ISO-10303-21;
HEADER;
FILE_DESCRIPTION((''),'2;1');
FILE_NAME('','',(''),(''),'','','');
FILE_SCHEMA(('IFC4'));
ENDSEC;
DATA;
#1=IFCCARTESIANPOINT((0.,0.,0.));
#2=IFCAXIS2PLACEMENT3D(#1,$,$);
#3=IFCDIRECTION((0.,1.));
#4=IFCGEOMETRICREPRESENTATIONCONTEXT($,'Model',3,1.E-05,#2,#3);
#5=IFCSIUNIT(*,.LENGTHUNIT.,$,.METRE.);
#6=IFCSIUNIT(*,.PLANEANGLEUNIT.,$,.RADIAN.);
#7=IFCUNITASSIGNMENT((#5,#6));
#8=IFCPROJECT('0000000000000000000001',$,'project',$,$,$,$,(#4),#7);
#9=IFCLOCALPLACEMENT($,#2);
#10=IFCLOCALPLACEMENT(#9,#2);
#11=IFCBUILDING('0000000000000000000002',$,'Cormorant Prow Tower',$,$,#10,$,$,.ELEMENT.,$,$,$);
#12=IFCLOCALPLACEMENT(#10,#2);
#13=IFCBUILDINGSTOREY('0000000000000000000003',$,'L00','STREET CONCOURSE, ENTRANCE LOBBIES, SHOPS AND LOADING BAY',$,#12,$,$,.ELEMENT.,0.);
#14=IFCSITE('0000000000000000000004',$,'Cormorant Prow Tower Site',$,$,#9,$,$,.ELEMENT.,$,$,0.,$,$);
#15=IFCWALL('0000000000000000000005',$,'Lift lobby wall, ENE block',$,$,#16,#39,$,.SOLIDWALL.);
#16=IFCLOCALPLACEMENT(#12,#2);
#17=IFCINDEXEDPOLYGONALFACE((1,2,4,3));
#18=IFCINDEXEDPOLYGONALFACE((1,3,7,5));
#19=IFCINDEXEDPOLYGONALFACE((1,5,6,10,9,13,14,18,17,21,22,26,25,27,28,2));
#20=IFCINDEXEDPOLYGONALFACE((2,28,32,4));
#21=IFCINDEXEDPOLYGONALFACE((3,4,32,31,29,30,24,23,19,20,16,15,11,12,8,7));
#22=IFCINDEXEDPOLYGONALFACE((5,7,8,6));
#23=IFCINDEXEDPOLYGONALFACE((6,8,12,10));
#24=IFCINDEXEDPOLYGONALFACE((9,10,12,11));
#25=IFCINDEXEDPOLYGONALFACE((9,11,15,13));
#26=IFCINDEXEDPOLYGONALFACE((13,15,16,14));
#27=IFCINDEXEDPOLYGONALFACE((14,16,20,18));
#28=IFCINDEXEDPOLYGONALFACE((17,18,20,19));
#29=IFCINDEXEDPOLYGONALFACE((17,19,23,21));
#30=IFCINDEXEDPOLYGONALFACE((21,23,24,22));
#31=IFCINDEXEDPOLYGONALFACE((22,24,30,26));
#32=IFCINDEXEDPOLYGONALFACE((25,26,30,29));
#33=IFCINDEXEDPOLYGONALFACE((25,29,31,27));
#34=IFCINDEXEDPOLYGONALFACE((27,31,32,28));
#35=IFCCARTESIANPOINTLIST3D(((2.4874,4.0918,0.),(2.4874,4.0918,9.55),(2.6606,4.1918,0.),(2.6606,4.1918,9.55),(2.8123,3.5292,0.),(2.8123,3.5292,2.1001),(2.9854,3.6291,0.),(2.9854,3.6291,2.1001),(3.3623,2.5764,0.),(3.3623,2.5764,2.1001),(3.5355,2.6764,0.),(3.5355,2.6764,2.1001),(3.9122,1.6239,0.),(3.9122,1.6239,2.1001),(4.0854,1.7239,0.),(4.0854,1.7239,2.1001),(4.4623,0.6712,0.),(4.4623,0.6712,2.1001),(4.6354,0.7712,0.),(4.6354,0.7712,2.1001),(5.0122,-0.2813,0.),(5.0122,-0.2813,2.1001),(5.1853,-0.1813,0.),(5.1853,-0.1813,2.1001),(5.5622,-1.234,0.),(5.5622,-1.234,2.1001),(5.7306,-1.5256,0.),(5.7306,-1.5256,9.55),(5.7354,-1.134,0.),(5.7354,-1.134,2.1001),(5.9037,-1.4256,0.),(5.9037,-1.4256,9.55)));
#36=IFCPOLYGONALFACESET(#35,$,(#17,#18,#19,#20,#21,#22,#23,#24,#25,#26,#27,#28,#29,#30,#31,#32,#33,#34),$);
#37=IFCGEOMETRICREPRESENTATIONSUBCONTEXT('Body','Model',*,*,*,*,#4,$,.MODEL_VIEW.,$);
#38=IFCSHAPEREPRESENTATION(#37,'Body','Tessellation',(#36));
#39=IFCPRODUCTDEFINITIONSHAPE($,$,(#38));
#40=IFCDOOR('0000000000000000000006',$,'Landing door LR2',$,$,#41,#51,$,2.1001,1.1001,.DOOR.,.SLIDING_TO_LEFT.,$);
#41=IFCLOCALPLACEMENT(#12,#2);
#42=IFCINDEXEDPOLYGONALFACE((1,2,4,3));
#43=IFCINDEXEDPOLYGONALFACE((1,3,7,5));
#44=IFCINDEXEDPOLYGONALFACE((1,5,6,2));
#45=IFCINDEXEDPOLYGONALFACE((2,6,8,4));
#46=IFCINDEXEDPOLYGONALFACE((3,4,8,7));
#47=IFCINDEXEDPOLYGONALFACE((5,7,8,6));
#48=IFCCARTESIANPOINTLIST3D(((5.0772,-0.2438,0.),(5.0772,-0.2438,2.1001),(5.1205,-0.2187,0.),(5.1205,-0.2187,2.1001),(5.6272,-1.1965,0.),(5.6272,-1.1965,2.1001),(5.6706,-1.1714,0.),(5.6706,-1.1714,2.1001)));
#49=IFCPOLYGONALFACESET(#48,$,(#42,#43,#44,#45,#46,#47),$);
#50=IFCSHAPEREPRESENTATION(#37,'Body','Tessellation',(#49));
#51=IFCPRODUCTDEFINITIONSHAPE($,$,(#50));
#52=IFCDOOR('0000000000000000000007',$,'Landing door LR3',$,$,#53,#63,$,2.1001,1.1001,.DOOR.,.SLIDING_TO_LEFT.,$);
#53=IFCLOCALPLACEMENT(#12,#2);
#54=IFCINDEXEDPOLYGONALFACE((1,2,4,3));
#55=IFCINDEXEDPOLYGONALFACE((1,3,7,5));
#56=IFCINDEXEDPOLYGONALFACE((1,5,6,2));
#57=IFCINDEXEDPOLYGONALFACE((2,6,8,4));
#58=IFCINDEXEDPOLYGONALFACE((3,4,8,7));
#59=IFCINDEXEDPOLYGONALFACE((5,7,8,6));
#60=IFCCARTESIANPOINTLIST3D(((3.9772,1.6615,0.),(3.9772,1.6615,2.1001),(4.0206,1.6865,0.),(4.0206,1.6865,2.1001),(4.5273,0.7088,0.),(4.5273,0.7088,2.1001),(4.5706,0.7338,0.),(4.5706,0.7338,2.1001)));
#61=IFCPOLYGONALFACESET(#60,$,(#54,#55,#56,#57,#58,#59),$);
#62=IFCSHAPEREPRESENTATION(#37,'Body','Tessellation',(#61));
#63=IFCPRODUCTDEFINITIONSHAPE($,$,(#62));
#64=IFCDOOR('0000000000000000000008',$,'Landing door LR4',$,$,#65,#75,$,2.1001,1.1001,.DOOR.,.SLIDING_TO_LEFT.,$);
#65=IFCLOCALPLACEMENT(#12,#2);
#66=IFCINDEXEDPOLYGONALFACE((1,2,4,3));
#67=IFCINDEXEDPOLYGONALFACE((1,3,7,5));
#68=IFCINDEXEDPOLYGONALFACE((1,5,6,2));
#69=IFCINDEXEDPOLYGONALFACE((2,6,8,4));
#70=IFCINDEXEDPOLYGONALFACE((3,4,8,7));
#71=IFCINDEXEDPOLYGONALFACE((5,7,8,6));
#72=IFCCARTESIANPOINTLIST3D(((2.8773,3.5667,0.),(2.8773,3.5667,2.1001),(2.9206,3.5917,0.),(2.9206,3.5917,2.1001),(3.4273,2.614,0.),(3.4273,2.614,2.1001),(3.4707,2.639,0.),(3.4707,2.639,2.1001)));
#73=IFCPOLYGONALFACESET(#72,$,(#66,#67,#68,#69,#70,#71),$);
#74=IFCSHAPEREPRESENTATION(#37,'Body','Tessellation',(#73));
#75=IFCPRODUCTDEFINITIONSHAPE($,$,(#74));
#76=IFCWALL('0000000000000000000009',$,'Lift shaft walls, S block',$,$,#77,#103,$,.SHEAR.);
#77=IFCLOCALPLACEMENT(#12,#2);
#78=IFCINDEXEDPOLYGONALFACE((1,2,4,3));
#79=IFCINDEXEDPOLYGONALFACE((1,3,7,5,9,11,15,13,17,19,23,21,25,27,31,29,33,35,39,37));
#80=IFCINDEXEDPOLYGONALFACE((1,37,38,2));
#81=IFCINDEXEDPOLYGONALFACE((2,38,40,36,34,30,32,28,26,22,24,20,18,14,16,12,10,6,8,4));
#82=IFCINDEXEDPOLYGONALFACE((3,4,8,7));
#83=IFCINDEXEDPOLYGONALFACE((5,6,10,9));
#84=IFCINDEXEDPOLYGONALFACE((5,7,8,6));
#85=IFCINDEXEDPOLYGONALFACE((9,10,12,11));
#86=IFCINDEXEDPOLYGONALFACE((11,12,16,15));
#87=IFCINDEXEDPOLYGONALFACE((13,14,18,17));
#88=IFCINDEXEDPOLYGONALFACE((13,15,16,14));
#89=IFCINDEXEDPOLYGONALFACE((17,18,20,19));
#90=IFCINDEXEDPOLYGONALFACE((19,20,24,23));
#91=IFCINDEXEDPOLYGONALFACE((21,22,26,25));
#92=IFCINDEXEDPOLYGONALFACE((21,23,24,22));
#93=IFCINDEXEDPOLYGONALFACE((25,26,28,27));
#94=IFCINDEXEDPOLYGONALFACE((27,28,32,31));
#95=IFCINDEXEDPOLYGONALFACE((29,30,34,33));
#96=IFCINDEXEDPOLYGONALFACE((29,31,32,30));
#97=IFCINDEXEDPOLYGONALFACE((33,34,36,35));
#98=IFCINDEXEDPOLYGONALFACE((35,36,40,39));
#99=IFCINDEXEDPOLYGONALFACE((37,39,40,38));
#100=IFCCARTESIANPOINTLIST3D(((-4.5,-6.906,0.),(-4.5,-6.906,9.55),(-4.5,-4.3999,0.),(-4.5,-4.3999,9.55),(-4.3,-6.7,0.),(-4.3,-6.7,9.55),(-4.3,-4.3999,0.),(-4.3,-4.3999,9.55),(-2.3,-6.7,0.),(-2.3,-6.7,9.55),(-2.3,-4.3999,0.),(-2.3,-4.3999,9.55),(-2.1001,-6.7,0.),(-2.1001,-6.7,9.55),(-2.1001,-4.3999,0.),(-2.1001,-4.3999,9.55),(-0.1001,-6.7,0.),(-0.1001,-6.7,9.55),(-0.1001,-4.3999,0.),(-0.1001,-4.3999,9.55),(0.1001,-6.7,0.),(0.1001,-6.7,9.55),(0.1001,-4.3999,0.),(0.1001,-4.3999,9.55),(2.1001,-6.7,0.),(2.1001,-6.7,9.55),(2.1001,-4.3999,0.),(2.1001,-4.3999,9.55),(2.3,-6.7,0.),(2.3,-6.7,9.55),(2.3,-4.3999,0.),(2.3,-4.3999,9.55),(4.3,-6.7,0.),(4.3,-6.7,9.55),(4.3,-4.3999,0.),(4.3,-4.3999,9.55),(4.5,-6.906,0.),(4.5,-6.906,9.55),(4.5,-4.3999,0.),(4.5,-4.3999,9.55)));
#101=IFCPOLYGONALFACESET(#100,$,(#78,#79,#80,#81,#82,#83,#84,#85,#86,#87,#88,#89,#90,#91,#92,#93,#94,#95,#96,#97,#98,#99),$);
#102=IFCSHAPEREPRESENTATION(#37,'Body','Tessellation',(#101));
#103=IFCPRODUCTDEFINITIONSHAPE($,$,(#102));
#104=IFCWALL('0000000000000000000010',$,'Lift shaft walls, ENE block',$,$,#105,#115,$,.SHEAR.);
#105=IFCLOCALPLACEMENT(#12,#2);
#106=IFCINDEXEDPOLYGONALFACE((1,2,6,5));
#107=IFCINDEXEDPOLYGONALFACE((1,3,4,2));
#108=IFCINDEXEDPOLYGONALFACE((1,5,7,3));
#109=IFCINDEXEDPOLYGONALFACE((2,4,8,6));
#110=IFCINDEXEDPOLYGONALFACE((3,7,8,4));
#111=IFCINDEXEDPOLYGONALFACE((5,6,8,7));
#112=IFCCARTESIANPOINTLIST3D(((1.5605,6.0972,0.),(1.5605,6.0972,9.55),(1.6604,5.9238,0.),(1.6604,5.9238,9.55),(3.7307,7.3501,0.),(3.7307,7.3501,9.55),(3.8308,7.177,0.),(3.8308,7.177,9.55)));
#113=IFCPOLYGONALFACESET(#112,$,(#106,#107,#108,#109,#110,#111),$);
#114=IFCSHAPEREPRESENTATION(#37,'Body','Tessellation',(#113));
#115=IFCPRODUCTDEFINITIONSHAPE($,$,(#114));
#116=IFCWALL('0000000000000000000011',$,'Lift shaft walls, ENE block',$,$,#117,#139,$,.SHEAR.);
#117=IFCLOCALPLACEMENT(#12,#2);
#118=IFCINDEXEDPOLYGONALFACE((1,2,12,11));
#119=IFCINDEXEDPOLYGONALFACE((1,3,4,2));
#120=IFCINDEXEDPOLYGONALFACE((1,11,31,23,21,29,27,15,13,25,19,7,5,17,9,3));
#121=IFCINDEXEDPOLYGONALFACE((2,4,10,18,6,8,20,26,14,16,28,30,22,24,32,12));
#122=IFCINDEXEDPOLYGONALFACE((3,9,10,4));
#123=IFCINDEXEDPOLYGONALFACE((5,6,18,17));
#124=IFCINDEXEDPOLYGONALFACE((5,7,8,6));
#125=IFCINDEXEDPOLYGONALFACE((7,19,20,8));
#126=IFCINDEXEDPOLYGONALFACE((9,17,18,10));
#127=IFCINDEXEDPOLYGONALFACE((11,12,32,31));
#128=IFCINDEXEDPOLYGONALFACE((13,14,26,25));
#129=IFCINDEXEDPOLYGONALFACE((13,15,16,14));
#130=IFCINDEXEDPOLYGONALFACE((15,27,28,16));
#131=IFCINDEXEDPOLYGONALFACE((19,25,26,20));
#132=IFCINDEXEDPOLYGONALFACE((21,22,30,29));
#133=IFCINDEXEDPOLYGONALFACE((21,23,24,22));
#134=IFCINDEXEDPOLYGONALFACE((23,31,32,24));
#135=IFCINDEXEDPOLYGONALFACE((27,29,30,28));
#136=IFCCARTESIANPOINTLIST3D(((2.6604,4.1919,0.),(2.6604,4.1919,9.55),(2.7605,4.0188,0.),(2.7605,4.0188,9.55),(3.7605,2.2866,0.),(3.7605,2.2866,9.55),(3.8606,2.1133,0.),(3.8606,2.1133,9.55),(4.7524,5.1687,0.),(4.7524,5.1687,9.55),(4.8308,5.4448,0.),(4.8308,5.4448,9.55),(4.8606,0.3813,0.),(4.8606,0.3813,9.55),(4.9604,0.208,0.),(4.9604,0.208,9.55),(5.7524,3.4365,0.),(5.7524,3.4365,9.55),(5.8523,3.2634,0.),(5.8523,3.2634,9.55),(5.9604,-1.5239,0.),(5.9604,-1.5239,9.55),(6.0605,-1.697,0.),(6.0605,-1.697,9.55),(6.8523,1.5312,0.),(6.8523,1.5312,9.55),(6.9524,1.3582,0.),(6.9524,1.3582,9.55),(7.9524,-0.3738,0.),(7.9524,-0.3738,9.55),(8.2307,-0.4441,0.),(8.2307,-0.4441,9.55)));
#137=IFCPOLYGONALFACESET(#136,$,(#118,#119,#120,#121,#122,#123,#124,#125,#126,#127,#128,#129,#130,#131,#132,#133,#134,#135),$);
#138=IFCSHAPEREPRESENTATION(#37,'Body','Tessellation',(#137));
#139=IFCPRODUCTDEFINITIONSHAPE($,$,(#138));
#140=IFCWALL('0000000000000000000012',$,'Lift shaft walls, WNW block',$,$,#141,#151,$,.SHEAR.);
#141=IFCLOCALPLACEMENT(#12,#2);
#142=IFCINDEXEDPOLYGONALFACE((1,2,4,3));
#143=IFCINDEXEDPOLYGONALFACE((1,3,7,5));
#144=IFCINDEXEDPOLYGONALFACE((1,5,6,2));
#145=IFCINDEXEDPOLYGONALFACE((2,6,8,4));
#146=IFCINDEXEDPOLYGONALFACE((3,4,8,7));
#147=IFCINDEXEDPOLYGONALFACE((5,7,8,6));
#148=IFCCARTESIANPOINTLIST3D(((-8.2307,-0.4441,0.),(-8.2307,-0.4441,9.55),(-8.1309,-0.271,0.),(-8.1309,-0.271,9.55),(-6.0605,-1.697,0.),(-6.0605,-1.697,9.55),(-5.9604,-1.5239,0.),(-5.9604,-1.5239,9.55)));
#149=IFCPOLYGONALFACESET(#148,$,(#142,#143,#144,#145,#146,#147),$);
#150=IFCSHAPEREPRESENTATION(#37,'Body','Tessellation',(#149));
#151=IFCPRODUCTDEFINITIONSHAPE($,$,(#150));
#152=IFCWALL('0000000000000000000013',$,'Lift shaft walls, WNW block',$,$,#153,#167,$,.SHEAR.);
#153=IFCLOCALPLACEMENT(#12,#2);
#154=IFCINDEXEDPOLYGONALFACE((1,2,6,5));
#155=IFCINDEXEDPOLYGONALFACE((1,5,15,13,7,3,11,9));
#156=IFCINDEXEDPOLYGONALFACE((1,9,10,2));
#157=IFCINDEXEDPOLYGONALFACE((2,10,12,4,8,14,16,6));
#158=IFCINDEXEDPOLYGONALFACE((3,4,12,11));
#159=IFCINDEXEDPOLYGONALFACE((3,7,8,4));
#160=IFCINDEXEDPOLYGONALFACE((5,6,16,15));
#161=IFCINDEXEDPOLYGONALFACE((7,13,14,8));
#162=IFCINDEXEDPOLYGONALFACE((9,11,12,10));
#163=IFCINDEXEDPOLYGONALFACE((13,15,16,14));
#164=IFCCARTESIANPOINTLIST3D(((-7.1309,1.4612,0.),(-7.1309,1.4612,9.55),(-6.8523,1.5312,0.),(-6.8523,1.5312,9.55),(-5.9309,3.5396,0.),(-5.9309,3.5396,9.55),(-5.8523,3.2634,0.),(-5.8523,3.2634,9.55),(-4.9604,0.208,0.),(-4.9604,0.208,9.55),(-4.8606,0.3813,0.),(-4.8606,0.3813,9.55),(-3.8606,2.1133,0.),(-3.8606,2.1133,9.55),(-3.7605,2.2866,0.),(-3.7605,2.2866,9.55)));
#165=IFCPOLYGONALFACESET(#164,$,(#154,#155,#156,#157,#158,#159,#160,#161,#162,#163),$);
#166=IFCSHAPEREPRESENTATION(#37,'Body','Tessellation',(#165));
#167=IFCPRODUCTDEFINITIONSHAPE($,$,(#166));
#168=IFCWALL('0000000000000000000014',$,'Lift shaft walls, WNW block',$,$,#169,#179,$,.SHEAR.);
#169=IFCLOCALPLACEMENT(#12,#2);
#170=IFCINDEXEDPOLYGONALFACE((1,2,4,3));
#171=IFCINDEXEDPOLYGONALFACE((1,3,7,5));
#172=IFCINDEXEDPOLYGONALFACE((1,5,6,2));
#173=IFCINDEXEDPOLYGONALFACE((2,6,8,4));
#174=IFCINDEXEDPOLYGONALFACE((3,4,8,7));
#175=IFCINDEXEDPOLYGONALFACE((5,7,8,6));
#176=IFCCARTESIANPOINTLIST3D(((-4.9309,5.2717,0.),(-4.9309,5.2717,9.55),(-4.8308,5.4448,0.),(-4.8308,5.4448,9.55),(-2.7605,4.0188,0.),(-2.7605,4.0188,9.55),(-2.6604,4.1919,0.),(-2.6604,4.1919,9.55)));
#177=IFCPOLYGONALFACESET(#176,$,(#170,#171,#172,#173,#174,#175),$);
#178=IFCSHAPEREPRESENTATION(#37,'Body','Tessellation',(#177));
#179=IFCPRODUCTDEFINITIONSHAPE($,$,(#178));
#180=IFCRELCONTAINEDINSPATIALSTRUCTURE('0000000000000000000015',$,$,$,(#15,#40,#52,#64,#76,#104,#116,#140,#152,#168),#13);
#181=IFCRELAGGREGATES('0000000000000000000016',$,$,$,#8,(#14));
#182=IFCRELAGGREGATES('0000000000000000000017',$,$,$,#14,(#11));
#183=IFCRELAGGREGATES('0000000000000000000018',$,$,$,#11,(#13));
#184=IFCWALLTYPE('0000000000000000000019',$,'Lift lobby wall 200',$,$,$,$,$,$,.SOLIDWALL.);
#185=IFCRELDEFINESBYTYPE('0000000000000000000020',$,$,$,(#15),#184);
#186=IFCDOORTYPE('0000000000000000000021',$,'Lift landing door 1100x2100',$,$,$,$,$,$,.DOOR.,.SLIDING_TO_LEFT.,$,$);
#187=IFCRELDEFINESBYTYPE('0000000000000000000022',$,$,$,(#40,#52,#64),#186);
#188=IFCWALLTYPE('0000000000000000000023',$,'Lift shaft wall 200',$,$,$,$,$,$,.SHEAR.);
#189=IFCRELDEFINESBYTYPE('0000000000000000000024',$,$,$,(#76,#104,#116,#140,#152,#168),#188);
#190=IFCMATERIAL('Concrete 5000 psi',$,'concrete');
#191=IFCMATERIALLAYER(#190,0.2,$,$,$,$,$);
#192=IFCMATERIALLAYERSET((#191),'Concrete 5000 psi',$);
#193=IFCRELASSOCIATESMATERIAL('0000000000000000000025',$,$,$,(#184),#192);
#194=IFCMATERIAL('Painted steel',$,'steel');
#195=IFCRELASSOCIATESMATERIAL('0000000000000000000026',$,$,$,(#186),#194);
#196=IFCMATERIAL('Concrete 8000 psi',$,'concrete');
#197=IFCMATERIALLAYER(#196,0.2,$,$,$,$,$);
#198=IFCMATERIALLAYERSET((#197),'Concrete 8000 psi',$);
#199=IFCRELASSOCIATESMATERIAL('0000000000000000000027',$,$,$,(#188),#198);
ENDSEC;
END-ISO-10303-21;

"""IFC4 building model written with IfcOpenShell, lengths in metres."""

from ifc_helpers import new_model, si_unit, direction, frame, frame_2d, origin, place, context, subcontext, project, spatial, polyline, rectangle, outline, extrude, material, layer, layer_set, type_object, element, fill, save


model = new_model("IFC4")

# Units and contexts
model_context = context("Model", 3, precision=1e-05, world=origin(), true_north=direction((0.0, 1.0)))
body_context = subcontext(model_context, "Body", "Model", "MODEL_VIEW")
ifc_project = project(units=[si_unit("LENGTHUNIT", "METRE"), si_unit("PLANEANGLEUNIT", "RADIAN")], contexts=[model_context])

# Site, building, storey
site_placement = place(None, origin())
site = spatial("IfcSite", under=ifc_project, at=site_placement, Name="Cormorant Prow Tower Site", CompositionType="ELEMENT", RefElevation=0.0)
building_placement = place(site_placement, origin())
building = spatial("IfcBuilding", under=site, at=building_placement, Name="Cormorant Prow Tower", CompositionType="ELEMENT")
storey_placement = place(building_placement, origin())
storey = spatial("IfcBuildingStorey", under=building, at=storey_placement, Name="L00", Description="STREET CONCOURSE, ENTRANCE LOBBIES, SHOPS AND LOADING BAY", CompositionType="ELEMENT", Elevation=0.0)

# Wall, openings, doors
ifc_material_1 = material(Name="Concrete 5000 psi", Category="concrete")
ifc_layer_1 = layer(ifc_material_1, 0.2)
ifc_layer_set_1 = layer_set([ifc_layer_1], Name="Concrete 5000 psi")
wall_type_1 = type_object("IfcWallType", Name="Lift lobby wall 200", PredefinedType="SOLIDWALL", material=ifc_layer_set_1)
wall_1_placement = place(storey_placement, frame((5.8171, -1.4756, 0.0), z_axis=(0.0, 0.0, 1.0), x_axis=(-0.499993, 0.86603, 0.0)))
wall_1 = element("IfcWall", 1, at=wall_1_placement, inside=storey, type_object=wall_type_1, Name="Lift lobby wall, ENE block", PredefinedType="SOLIDWALL", context=body_context, shape_type="SweptSolid", body=[
    extrude(rectangle(XDim=6.4863, YDim=0.2, at=frame_2d((3.2432, 0.0))), origin(), (0.0, 0.0, 1.0), 9.55),
])
opening_1_placement = place(wall_1_placement, frame((0.3367, 0.0, 0.0)))
opening_1 = element("IfcOpeningElement", 2, at=opening_1_placement, cuts=wall_1, PredefinedType="OPENING", context=body_context, shape_type="SweptSolid", body=[
    extrude(rectangle(XDim=1.1001, YDim=2.1001, at=frame_2d((0.55, 1.05))), frame((0.0, 0.1099, 0.0), z_axis=(0.0, -1.0, 0.0), x_axis=(1.0, 0.0, 0.0)), (0.0, 0.0, 1.0), 0.22),
])
opening_2_placement = place(wall_1_placement, frame((2.5366, 0.0, 0.0)))
opening_2 = element("IfcOpeningElement", 3, at=opening_2_placement, cuts=wall_1, PredefinedType="OPENING", context=body_context, shape_type="SweptSolid", body=[
    extrude(rectangle(XDim=1.1001, YDim=2.1001, at=frame_2d((0.55, 1.05))), frame((0.0, 0.1099, 0.0), z_axis=(0.0, -1.0, 0.0), x_axis=(1.0, 0.0, 0.0)), (0.0, 0.0, 1.0), 0.22),
])
opening_3_placement = place(wall_1_placement, frame((4.7366, 0.0, 0.0)))
opening_3 = element("IfcOpeningElement", 4, at=opening_3_placement, cuts=wall_1, PredefinedType="OPENING", context=body_context, shape_type="SweptSolid", body=[
    extrude(rectangle(XDim=1.1001, YDim=2.1001, at=frame_2d((0.55, 1.05))), frame((0.0, 0.1099, 0.0), z_axis=(0.0, -1.0, 0.0), x_axis=(1.0, 0.0, 0.0)), (0.0, 0.0, 1.0), 0.22),
])
ifc_material_2 = material(Name="Painted steel", Category="steel")
door_type = type_object("IfcDoorType", Name="Lift landing door 1100x2100", OperationType="SLIDING_TO_LEFT", PredefinedType="DOOR", material=ifc_material_2)
door_1_placement = place(opening_1_placement, origin())
door_1 = element("IfcDoor", 5, at=door_1_placement, inside=storey, type_object=door_type, Name="Landing door LR2", OperationType="SLIDING_TO_LEFT", OverallHeight=2.1001, OverallWidth=1.1001, PredefinedType="DOOR", context=body_context, shape_type="SweptSolid", body=[
    extrude(rectangle(XDim=1.1001, YDim=2.1001, at=frame_2d((0.55, 1.05))), frame((0.0, 0.0249, 0.0), z_axis=(0.0, -1.0, 0.0), x_axis=(1.0, 0.0, 0.0)), (0.0, 0.0, 1.0), 0.05),
])
fill(opening_1, door_1)
door_2_placement = place(opening_2_placement, origin())
door_2 = element("IfcDoor", 6, at=door_2_placement, inside=storey, type_object=door_type, Name="Landing door LR3", OperationType="SLIDING_TO_LEFT", OverallHeight=2.1001, OverallWidth=1.1001, PredefinedType="DOOR", context=body_context, shape_type="SweptSolid", body=[
    extrude(rectangle(XDim=1.1001, YDim=2.1001, at=frame_2d((0.55, 1.05))), frame((0.0, 0.0249, 0.0), z_axis=(0.0, -1.0, 0.0), x_axis=(1.0, 0.0, 0.0)), (0.0, 0.0, 1.0), 0.05),
])
fill(opening_2, door_2)
door_3_placement = place(opening_3_placement, origin())
door_3 = element("IfcDoor", 7, at=door_3_placement, inside=storey, type_object=door_type, Name="Landing door LR4", OperationType="SLIDING_TO_LEFT", OverallHeight=2.1001, OverallWidth=1.1001, PredefinedType="DOOR", context=body_context, shape_type="SweptSolid", body=[
    extrude(rectangle(XDim=1.1001, YDim=2.1001, at=frame_2d((0.55, 1.05))), frame((0.0, 0.0249, 0.0), z_axis=(0.0, -1.0, 0.0), x_axis=(1.0, 0.0, 0.0)), (0.0, 0.0, 1.0), 0.05),
])
fill(opening_3, door_3)

# Walls
ifc_material_3 = material(Name="Concrete 8000 psi", Category="concrete")
ifc_layer_2 = layer(ifc_material_3, 0.2)
ifc_layer_set_2 = layer_set([ifc_layer_2], Name="Concrete 8000 psi")
wall_type_2 = type_object("IfcWallType", Name="Lift shaft wall 200", PredefinedType="SHEAR", material=ifc_layer_set_2)
wall_2_placement = place(storey_placement, origin())
element("IfcWall", 8, at=wall_2_placement, inside=storey, type_object=wall_type_2, Name="Lift shaft walls, S block", PredefinedType="SHEAR", context=body_context, shape_type="SweptSolid", body=[
    extrude(outline(polyline([(4.5, -4.3999), (4.5, -6.906), (-4.5, -6.906), (-4.5, -4.3999), (-4.3, -4.3999), (-4.3, -6.7), (-2.3, -6.7), (-2.3, -4.3999), (-2.1001, -4.3999), (-2.1001, -6.7), (-0.1001, -6.7), (-0.1001, -4.3999), (0.1001, -4.3999), (0.1001, -6.7), (2.1001, -6.7), (2.1001, -4.3999), (2.3, -4.3999), (2.3, -6.7), (4.3, -6.7), (4.3, -4.3999), (4.5, -4.3999)])), origin(), (0.0, 0.0, 1.0), 9.55),
])
wall_3_placement = place(storey_placement, origin())
element("IfcWall", 9, at=wall_3_placement, inside=storey, type_object=wall_type_2, Name="Lift shaft walls, ENE block", PredefinedType="SHEAR", context=body_context, shape_type="SweptSolid", body=[
    extrude(outline(polyline([(1.5605, 6.0972), (3.7307, 7.3501), (3.8308, 7.177), (1.6604, 5.9238), (1.5605, 6.0972)])), origin(), (0.0, 0.0, 1.0), 9.55),
])
wall_4_placement = place(storey_placement, origin())
element("IfcWall", 10, at=wall_4_placement, inside=storey, type_object=wall_type_2, Name="Lift shaft walls, ENE block", PredefinedType="SHEAR", context=body_context, shape_type="SweptSolid", body=[
    extrude(outline(polyline([(2.6604, 4.1919), (4.8308, 5.4448), (8.2307, -0.4441), (6.0605, -1.697), (5.9604, -1.5239), (7.9524, -0.3738), (6.9524, 1.3582), (4.9604, 0.208), (4.8606, 0.3813), (6.8523, 1.5312), (5.8523, 3.2634), (3.8606, 2.1133), (3.7605, 2.2866), (5.7524, 3.4365), (4.7524, 5.1687), (2.7605, 4.0188), (2.6604, 4.1919)])), origin(), (0.0, 0.0, 1.0), 9.55),
])
wall_5_placement = place(storey_placement, origin())
element("IfcWall", 11, at=wall_5_placement, inside=storey, type_object=wall_type_2, Name="Lift shaft walls, WNW block", PredefinedType="SHEAR", context=body_context, shape_type="SweptSolid", body=[
    extrude(outline(polyline([(-6.0605, -1.697), (-8.2307, -0.4441), (-8.1309, -0.271), (-5.9604, -1.5239), (-6.0605, -1.697)])), origin(), (0.0, 0.0, 1.0), 9.55),
])
wall_6_placement = place(storey_placement, origin())
element("IfcWall", 12, at=wall_6_placement, inside=storey, type_object=wall_type_2, Name="Lift shaft walls, WNW block", PredefinedType="SHEAR", context=body_context, shape_type="SweptSolid", body=[
    extrude(outline(polyline([(-4.9604, 0.208), (-7.1309, 1.4612), (-5.9309, 3.5396), (-3.7605, 2.2866), (-3.8606, 2.1133), (-5.8523, 3.2634), (-6.8523, 1.5312), (-4.8606, 0.3813), (-4.9604, 0.208)])), origin(), (0.0, 0.0, 1.0), 9.55),
])
wall_7_placement = place(storey_placement, origin())
element("IfcWall", 13, at=wall_7_placement, inside=storey, type_object=wall_type_2, Name="Lift shaft walls, WNW block", PredefinedType="SHEAR", context=body_context, shape_type="SweptSolid", body=[
    extrude(outline(polyline([(-2.7605, 4.0188), (-4.9309, 5.2717), (-4.8308, 5.4448), (-2.6604, 4.1919), (-2.7605, 4.0188)])), origin(), (0.0, 0.0, 1.0), 9.55),
])

save(model, "model.ifc")
